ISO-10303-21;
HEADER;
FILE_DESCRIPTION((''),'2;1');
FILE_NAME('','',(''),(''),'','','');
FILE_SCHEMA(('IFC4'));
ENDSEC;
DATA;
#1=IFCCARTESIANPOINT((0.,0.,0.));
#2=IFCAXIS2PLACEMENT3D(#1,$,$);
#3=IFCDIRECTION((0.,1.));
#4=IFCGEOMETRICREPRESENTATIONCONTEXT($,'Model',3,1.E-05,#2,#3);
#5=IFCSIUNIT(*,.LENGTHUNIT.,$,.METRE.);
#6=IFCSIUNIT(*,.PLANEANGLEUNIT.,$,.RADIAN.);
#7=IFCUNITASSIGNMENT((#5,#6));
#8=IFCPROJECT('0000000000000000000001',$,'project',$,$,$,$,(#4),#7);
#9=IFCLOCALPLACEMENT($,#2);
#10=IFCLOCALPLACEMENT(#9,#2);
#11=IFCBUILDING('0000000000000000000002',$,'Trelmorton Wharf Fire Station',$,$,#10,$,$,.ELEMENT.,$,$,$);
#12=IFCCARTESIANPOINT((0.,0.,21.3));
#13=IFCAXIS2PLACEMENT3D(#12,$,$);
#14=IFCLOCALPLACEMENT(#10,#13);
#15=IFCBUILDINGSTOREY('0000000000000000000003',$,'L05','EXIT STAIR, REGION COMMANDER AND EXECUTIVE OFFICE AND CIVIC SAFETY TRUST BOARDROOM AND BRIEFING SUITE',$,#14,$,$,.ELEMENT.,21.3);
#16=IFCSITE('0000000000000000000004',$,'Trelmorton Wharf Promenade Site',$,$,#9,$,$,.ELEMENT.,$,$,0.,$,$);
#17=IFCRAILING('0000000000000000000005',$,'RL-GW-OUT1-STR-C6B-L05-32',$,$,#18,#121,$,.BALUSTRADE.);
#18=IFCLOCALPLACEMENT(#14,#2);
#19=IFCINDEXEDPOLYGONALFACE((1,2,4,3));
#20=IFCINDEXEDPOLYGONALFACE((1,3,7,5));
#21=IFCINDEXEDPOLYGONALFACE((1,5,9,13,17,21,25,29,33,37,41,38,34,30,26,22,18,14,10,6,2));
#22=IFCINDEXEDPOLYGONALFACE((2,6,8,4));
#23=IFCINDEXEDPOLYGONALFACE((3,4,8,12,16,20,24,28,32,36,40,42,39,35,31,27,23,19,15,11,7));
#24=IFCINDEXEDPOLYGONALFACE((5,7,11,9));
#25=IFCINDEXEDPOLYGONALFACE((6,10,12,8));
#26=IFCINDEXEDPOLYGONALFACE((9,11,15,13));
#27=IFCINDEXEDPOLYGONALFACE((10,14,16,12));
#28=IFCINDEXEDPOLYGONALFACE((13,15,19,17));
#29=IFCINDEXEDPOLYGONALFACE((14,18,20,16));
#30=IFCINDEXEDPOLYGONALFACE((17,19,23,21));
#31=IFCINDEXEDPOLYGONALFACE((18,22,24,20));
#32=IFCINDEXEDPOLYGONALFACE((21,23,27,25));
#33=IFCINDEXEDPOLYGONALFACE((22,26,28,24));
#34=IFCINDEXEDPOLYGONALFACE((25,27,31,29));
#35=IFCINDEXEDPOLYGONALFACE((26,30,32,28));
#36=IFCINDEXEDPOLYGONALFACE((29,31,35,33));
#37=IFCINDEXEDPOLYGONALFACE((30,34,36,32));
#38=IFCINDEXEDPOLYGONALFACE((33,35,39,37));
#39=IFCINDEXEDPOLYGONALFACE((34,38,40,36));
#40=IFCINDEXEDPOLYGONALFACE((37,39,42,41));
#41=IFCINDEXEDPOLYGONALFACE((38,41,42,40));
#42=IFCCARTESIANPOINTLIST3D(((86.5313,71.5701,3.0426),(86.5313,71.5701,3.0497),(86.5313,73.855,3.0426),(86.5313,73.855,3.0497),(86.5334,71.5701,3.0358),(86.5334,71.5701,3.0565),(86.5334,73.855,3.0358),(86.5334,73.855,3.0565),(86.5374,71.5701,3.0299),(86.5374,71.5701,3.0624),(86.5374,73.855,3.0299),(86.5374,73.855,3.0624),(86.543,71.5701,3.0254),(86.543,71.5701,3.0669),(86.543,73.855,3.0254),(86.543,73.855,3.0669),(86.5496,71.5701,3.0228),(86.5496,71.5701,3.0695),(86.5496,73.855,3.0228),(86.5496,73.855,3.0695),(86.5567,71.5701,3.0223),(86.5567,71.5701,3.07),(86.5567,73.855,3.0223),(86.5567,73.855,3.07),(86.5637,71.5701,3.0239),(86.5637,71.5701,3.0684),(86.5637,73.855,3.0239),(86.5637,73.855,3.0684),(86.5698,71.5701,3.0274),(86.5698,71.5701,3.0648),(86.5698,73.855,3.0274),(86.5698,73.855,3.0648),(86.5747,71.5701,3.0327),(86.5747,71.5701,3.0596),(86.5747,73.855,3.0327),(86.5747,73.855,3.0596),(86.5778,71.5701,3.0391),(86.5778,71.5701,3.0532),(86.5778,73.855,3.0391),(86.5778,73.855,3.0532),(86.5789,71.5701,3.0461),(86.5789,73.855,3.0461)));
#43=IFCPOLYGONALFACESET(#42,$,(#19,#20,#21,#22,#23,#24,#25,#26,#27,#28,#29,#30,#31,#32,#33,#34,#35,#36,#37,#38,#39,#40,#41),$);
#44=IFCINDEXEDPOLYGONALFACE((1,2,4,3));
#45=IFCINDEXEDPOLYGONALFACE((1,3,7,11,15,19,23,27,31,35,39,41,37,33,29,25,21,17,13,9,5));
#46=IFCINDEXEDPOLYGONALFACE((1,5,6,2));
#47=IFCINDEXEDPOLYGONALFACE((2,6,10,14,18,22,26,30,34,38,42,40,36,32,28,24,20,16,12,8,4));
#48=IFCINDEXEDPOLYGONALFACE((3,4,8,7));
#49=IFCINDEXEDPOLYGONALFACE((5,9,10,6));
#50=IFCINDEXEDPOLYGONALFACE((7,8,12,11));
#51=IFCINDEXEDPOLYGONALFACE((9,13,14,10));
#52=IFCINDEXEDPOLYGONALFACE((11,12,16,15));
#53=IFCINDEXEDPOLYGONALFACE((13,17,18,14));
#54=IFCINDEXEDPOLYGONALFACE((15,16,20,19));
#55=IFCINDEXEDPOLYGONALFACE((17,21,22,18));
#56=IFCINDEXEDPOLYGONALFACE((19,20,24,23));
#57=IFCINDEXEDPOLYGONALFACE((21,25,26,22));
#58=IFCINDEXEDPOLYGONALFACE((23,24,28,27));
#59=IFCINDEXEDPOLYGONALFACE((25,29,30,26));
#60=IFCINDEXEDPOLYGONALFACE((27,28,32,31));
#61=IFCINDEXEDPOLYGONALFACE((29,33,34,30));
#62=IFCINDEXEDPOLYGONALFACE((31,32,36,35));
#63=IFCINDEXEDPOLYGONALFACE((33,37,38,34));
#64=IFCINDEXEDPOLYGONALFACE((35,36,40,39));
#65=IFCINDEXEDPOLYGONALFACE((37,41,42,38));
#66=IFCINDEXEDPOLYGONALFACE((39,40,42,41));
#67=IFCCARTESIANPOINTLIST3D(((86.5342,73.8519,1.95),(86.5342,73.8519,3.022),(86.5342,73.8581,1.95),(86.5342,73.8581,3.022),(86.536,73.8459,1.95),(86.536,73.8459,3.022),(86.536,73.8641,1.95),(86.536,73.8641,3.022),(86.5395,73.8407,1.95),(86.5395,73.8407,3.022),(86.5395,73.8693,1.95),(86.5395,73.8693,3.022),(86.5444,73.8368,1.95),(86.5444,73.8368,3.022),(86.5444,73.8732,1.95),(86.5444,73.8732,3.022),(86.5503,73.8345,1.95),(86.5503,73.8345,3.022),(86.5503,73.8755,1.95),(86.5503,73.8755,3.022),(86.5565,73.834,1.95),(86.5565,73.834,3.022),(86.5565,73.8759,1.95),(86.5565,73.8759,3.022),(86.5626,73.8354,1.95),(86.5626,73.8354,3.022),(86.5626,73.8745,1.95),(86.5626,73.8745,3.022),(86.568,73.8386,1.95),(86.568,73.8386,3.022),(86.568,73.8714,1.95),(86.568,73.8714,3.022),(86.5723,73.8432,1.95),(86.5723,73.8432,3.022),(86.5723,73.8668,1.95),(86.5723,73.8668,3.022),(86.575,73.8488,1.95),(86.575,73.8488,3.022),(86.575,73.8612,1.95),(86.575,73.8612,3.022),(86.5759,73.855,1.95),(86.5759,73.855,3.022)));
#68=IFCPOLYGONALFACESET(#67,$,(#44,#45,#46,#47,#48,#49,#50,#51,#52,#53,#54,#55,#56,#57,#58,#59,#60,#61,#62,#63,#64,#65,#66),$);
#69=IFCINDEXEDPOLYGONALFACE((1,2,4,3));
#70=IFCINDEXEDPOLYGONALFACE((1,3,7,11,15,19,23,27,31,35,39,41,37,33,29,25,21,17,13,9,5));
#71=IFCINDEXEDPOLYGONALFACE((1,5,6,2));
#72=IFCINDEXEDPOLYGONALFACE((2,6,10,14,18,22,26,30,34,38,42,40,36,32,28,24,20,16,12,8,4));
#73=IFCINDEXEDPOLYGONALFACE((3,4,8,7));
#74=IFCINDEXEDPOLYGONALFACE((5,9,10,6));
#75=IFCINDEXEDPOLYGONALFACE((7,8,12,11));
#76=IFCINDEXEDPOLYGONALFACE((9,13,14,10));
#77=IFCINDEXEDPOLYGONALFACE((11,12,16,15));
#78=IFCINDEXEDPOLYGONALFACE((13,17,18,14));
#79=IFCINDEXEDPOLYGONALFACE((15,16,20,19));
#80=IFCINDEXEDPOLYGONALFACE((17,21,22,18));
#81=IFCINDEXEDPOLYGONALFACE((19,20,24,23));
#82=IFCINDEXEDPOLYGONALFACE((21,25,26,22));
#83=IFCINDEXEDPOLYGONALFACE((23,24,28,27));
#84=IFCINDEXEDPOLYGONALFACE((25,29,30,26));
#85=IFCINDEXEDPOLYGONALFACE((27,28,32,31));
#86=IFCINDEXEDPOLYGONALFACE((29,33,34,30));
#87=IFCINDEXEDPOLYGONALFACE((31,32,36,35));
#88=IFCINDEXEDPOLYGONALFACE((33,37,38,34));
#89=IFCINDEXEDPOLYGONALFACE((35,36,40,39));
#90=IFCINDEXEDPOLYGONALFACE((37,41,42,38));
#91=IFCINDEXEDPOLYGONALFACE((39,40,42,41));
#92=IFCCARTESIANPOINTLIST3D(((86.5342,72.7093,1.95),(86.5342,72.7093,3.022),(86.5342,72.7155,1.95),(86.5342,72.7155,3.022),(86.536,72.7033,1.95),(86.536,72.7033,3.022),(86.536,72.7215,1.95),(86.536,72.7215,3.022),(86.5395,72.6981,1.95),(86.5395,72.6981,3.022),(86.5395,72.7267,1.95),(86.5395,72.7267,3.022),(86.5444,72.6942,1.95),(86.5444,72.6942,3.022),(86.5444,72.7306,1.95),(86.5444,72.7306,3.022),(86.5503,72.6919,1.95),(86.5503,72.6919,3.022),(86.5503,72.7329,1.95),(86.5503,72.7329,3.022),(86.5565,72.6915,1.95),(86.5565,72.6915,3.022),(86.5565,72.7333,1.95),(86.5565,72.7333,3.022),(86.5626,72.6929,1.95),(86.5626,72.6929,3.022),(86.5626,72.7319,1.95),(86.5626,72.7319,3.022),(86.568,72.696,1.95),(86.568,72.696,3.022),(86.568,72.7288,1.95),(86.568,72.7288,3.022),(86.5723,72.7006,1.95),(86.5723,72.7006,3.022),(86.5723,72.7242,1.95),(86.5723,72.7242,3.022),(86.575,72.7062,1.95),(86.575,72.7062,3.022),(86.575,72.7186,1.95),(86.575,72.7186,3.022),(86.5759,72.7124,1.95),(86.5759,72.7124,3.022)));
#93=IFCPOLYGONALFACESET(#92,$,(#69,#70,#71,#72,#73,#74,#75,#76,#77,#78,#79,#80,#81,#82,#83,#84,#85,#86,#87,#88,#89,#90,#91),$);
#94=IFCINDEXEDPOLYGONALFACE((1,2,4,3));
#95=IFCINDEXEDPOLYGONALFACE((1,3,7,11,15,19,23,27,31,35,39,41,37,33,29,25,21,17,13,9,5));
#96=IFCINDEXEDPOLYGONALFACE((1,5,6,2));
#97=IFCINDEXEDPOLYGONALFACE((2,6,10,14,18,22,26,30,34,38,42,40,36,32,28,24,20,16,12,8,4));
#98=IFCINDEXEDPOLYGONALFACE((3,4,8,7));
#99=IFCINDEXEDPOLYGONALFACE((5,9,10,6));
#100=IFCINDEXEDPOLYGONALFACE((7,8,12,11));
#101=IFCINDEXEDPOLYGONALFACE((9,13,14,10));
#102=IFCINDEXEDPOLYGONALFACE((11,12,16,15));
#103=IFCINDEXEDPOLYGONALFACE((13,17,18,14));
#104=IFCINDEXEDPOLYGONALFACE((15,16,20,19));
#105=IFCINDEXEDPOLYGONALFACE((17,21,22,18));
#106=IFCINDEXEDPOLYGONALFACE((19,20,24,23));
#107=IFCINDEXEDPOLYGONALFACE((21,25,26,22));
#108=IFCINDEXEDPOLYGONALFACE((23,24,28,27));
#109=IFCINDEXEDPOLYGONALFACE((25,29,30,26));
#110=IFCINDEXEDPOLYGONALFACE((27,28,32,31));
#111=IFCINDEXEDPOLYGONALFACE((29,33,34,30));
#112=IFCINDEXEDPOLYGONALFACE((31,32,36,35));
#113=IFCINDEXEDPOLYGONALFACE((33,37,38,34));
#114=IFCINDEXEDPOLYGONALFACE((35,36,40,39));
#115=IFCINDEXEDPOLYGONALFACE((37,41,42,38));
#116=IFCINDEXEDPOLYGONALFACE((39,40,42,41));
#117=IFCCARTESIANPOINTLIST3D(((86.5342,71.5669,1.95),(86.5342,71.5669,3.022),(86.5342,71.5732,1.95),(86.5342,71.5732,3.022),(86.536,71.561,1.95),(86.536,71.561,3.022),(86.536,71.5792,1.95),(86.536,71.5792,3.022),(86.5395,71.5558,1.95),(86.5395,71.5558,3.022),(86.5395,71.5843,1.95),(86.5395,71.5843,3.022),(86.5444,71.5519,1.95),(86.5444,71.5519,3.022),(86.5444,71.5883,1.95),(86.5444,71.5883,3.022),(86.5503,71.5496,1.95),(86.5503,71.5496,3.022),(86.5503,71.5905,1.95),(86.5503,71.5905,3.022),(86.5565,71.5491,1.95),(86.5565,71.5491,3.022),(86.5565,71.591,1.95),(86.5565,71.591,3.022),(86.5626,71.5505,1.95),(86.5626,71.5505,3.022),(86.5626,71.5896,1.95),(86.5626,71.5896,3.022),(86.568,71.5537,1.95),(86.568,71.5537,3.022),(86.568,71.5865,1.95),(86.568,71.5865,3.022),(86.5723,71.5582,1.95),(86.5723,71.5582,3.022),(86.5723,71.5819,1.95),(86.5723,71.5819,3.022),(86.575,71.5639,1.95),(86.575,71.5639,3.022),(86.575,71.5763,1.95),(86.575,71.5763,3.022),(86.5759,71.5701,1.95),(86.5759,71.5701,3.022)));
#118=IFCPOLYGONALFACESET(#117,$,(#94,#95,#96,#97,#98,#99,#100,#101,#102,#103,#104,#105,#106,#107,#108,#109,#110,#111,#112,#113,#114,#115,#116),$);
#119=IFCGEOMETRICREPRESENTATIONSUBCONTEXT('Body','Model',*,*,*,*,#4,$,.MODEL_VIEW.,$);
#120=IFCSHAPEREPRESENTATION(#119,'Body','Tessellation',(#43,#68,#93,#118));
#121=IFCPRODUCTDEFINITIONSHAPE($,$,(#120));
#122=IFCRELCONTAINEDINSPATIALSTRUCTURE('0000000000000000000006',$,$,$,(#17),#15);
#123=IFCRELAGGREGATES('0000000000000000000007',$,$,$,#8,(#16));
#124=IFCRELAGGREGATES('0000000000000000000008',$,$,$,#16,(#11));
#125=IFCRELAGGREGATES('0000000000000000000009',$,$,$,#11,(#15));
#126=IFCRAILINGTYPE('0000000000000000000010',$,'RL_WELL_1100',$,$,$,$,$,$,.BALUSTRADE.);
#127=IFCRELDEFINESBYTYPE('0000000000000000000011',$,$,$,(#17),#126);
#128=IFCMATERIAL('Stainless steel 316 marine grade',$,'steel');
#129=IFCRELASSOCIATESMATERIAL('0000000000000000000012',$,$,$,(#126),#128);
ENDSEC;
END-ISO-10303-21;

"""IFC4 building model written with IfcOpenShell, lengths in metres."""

from ifc_helpers import new_model, si_unit, direction, frame, origin, origin_2d, place, context, subcontext, project, spatial, circle, extrude, material, type_object, element, save


model = new_model("IFC4")

# Units and contexts
model_context = context("Model", 3, precision=1e-05, world=origin(), true_north=direction((0.0, 1.0)))
body_context = subcontext(model_context, "Body", "Model", "MODEL_VIEW")
ifc_project = project(units=[si_unit("LENGTHUNIT", "METRE"), si_unit("PLANEANGLEUNIT", "RADIAN")], contexts=[model_context])

# Site, building, storey
site_placement = place(None, origin())
site = spatial("IfcSite", under=ifc_project, at=site_placement, Name="Trelmorton Wharf Promenade Site", CompositionType="ELEMENT", RefElevation=0.0)
building_placement = place(site_placement, origin())
building = spatial("IfcBuilding", under=site, at=building_placement, Name="Trelmorton Wharf Fire Station", CompositionType="ELEMENT")
storey_placement = place(building_placement, frame((0.0, 0.0, 21.3)))
storey = spatial("IfcBuildingStorey", under=building, at=storey_placement, Name="L05", Description="EXIT STAIR, REGION COMMANDER AND EXECUTIVE OFFICE AND CIVIC SAFETY TRUST BOARDROOM AND BRIEFING SUITE", CompositionType="ELEMENT", Elevation=21.3)

# Shared definitions
ifc_material_1 = material(Name="Stainless steel 316 marine grade", Category="steel")

# Railing
railing_type_1 = type_object("IfcRailingType", Name="RL_WELL_1100", PredefinedType="BALUSTRADE", material=ifc_material_1)
railing_1_placement = place(storey_placement, frame((86.5549, 73.855, 1.95)))
element("IfcRailing", 1, at=railing_1_placement, inside=storey, type_object=railing_type_1, Name="RL-GW-OUT1-STR-C6B-L05-32", PredefinedType="BALUSTRADE", context=body_context, shape_type="SweptSolid", body=[
    extrude(circle(Radius=0.0239, at=origin_2d()), frame((0.0, 0.0, 1.0962), z_axis=(0.0, -1.0, 0.0), x_axis=(1.0, 0.0, 0.0)), (0.0, 0.0, 1.0), 2.2849),
    extrude(circle(Radius=0.021, at=origin_2d()), origin(), (0.0, 0.0, 1.0), 1.072),
    extrude(circle(Radius=0.021, at=origin_2d()), frame((0.0, -1.1426, 0.0)), (0.0, 0.0, 1.0), 1.072),
    extrude(circle(Radius=0.021, at=origin_2d()), frame((0.0, -2.2849, 0.0)), (0.0, 0.0, 1.0), 1.072),
])

save(model, "model.ifc")
